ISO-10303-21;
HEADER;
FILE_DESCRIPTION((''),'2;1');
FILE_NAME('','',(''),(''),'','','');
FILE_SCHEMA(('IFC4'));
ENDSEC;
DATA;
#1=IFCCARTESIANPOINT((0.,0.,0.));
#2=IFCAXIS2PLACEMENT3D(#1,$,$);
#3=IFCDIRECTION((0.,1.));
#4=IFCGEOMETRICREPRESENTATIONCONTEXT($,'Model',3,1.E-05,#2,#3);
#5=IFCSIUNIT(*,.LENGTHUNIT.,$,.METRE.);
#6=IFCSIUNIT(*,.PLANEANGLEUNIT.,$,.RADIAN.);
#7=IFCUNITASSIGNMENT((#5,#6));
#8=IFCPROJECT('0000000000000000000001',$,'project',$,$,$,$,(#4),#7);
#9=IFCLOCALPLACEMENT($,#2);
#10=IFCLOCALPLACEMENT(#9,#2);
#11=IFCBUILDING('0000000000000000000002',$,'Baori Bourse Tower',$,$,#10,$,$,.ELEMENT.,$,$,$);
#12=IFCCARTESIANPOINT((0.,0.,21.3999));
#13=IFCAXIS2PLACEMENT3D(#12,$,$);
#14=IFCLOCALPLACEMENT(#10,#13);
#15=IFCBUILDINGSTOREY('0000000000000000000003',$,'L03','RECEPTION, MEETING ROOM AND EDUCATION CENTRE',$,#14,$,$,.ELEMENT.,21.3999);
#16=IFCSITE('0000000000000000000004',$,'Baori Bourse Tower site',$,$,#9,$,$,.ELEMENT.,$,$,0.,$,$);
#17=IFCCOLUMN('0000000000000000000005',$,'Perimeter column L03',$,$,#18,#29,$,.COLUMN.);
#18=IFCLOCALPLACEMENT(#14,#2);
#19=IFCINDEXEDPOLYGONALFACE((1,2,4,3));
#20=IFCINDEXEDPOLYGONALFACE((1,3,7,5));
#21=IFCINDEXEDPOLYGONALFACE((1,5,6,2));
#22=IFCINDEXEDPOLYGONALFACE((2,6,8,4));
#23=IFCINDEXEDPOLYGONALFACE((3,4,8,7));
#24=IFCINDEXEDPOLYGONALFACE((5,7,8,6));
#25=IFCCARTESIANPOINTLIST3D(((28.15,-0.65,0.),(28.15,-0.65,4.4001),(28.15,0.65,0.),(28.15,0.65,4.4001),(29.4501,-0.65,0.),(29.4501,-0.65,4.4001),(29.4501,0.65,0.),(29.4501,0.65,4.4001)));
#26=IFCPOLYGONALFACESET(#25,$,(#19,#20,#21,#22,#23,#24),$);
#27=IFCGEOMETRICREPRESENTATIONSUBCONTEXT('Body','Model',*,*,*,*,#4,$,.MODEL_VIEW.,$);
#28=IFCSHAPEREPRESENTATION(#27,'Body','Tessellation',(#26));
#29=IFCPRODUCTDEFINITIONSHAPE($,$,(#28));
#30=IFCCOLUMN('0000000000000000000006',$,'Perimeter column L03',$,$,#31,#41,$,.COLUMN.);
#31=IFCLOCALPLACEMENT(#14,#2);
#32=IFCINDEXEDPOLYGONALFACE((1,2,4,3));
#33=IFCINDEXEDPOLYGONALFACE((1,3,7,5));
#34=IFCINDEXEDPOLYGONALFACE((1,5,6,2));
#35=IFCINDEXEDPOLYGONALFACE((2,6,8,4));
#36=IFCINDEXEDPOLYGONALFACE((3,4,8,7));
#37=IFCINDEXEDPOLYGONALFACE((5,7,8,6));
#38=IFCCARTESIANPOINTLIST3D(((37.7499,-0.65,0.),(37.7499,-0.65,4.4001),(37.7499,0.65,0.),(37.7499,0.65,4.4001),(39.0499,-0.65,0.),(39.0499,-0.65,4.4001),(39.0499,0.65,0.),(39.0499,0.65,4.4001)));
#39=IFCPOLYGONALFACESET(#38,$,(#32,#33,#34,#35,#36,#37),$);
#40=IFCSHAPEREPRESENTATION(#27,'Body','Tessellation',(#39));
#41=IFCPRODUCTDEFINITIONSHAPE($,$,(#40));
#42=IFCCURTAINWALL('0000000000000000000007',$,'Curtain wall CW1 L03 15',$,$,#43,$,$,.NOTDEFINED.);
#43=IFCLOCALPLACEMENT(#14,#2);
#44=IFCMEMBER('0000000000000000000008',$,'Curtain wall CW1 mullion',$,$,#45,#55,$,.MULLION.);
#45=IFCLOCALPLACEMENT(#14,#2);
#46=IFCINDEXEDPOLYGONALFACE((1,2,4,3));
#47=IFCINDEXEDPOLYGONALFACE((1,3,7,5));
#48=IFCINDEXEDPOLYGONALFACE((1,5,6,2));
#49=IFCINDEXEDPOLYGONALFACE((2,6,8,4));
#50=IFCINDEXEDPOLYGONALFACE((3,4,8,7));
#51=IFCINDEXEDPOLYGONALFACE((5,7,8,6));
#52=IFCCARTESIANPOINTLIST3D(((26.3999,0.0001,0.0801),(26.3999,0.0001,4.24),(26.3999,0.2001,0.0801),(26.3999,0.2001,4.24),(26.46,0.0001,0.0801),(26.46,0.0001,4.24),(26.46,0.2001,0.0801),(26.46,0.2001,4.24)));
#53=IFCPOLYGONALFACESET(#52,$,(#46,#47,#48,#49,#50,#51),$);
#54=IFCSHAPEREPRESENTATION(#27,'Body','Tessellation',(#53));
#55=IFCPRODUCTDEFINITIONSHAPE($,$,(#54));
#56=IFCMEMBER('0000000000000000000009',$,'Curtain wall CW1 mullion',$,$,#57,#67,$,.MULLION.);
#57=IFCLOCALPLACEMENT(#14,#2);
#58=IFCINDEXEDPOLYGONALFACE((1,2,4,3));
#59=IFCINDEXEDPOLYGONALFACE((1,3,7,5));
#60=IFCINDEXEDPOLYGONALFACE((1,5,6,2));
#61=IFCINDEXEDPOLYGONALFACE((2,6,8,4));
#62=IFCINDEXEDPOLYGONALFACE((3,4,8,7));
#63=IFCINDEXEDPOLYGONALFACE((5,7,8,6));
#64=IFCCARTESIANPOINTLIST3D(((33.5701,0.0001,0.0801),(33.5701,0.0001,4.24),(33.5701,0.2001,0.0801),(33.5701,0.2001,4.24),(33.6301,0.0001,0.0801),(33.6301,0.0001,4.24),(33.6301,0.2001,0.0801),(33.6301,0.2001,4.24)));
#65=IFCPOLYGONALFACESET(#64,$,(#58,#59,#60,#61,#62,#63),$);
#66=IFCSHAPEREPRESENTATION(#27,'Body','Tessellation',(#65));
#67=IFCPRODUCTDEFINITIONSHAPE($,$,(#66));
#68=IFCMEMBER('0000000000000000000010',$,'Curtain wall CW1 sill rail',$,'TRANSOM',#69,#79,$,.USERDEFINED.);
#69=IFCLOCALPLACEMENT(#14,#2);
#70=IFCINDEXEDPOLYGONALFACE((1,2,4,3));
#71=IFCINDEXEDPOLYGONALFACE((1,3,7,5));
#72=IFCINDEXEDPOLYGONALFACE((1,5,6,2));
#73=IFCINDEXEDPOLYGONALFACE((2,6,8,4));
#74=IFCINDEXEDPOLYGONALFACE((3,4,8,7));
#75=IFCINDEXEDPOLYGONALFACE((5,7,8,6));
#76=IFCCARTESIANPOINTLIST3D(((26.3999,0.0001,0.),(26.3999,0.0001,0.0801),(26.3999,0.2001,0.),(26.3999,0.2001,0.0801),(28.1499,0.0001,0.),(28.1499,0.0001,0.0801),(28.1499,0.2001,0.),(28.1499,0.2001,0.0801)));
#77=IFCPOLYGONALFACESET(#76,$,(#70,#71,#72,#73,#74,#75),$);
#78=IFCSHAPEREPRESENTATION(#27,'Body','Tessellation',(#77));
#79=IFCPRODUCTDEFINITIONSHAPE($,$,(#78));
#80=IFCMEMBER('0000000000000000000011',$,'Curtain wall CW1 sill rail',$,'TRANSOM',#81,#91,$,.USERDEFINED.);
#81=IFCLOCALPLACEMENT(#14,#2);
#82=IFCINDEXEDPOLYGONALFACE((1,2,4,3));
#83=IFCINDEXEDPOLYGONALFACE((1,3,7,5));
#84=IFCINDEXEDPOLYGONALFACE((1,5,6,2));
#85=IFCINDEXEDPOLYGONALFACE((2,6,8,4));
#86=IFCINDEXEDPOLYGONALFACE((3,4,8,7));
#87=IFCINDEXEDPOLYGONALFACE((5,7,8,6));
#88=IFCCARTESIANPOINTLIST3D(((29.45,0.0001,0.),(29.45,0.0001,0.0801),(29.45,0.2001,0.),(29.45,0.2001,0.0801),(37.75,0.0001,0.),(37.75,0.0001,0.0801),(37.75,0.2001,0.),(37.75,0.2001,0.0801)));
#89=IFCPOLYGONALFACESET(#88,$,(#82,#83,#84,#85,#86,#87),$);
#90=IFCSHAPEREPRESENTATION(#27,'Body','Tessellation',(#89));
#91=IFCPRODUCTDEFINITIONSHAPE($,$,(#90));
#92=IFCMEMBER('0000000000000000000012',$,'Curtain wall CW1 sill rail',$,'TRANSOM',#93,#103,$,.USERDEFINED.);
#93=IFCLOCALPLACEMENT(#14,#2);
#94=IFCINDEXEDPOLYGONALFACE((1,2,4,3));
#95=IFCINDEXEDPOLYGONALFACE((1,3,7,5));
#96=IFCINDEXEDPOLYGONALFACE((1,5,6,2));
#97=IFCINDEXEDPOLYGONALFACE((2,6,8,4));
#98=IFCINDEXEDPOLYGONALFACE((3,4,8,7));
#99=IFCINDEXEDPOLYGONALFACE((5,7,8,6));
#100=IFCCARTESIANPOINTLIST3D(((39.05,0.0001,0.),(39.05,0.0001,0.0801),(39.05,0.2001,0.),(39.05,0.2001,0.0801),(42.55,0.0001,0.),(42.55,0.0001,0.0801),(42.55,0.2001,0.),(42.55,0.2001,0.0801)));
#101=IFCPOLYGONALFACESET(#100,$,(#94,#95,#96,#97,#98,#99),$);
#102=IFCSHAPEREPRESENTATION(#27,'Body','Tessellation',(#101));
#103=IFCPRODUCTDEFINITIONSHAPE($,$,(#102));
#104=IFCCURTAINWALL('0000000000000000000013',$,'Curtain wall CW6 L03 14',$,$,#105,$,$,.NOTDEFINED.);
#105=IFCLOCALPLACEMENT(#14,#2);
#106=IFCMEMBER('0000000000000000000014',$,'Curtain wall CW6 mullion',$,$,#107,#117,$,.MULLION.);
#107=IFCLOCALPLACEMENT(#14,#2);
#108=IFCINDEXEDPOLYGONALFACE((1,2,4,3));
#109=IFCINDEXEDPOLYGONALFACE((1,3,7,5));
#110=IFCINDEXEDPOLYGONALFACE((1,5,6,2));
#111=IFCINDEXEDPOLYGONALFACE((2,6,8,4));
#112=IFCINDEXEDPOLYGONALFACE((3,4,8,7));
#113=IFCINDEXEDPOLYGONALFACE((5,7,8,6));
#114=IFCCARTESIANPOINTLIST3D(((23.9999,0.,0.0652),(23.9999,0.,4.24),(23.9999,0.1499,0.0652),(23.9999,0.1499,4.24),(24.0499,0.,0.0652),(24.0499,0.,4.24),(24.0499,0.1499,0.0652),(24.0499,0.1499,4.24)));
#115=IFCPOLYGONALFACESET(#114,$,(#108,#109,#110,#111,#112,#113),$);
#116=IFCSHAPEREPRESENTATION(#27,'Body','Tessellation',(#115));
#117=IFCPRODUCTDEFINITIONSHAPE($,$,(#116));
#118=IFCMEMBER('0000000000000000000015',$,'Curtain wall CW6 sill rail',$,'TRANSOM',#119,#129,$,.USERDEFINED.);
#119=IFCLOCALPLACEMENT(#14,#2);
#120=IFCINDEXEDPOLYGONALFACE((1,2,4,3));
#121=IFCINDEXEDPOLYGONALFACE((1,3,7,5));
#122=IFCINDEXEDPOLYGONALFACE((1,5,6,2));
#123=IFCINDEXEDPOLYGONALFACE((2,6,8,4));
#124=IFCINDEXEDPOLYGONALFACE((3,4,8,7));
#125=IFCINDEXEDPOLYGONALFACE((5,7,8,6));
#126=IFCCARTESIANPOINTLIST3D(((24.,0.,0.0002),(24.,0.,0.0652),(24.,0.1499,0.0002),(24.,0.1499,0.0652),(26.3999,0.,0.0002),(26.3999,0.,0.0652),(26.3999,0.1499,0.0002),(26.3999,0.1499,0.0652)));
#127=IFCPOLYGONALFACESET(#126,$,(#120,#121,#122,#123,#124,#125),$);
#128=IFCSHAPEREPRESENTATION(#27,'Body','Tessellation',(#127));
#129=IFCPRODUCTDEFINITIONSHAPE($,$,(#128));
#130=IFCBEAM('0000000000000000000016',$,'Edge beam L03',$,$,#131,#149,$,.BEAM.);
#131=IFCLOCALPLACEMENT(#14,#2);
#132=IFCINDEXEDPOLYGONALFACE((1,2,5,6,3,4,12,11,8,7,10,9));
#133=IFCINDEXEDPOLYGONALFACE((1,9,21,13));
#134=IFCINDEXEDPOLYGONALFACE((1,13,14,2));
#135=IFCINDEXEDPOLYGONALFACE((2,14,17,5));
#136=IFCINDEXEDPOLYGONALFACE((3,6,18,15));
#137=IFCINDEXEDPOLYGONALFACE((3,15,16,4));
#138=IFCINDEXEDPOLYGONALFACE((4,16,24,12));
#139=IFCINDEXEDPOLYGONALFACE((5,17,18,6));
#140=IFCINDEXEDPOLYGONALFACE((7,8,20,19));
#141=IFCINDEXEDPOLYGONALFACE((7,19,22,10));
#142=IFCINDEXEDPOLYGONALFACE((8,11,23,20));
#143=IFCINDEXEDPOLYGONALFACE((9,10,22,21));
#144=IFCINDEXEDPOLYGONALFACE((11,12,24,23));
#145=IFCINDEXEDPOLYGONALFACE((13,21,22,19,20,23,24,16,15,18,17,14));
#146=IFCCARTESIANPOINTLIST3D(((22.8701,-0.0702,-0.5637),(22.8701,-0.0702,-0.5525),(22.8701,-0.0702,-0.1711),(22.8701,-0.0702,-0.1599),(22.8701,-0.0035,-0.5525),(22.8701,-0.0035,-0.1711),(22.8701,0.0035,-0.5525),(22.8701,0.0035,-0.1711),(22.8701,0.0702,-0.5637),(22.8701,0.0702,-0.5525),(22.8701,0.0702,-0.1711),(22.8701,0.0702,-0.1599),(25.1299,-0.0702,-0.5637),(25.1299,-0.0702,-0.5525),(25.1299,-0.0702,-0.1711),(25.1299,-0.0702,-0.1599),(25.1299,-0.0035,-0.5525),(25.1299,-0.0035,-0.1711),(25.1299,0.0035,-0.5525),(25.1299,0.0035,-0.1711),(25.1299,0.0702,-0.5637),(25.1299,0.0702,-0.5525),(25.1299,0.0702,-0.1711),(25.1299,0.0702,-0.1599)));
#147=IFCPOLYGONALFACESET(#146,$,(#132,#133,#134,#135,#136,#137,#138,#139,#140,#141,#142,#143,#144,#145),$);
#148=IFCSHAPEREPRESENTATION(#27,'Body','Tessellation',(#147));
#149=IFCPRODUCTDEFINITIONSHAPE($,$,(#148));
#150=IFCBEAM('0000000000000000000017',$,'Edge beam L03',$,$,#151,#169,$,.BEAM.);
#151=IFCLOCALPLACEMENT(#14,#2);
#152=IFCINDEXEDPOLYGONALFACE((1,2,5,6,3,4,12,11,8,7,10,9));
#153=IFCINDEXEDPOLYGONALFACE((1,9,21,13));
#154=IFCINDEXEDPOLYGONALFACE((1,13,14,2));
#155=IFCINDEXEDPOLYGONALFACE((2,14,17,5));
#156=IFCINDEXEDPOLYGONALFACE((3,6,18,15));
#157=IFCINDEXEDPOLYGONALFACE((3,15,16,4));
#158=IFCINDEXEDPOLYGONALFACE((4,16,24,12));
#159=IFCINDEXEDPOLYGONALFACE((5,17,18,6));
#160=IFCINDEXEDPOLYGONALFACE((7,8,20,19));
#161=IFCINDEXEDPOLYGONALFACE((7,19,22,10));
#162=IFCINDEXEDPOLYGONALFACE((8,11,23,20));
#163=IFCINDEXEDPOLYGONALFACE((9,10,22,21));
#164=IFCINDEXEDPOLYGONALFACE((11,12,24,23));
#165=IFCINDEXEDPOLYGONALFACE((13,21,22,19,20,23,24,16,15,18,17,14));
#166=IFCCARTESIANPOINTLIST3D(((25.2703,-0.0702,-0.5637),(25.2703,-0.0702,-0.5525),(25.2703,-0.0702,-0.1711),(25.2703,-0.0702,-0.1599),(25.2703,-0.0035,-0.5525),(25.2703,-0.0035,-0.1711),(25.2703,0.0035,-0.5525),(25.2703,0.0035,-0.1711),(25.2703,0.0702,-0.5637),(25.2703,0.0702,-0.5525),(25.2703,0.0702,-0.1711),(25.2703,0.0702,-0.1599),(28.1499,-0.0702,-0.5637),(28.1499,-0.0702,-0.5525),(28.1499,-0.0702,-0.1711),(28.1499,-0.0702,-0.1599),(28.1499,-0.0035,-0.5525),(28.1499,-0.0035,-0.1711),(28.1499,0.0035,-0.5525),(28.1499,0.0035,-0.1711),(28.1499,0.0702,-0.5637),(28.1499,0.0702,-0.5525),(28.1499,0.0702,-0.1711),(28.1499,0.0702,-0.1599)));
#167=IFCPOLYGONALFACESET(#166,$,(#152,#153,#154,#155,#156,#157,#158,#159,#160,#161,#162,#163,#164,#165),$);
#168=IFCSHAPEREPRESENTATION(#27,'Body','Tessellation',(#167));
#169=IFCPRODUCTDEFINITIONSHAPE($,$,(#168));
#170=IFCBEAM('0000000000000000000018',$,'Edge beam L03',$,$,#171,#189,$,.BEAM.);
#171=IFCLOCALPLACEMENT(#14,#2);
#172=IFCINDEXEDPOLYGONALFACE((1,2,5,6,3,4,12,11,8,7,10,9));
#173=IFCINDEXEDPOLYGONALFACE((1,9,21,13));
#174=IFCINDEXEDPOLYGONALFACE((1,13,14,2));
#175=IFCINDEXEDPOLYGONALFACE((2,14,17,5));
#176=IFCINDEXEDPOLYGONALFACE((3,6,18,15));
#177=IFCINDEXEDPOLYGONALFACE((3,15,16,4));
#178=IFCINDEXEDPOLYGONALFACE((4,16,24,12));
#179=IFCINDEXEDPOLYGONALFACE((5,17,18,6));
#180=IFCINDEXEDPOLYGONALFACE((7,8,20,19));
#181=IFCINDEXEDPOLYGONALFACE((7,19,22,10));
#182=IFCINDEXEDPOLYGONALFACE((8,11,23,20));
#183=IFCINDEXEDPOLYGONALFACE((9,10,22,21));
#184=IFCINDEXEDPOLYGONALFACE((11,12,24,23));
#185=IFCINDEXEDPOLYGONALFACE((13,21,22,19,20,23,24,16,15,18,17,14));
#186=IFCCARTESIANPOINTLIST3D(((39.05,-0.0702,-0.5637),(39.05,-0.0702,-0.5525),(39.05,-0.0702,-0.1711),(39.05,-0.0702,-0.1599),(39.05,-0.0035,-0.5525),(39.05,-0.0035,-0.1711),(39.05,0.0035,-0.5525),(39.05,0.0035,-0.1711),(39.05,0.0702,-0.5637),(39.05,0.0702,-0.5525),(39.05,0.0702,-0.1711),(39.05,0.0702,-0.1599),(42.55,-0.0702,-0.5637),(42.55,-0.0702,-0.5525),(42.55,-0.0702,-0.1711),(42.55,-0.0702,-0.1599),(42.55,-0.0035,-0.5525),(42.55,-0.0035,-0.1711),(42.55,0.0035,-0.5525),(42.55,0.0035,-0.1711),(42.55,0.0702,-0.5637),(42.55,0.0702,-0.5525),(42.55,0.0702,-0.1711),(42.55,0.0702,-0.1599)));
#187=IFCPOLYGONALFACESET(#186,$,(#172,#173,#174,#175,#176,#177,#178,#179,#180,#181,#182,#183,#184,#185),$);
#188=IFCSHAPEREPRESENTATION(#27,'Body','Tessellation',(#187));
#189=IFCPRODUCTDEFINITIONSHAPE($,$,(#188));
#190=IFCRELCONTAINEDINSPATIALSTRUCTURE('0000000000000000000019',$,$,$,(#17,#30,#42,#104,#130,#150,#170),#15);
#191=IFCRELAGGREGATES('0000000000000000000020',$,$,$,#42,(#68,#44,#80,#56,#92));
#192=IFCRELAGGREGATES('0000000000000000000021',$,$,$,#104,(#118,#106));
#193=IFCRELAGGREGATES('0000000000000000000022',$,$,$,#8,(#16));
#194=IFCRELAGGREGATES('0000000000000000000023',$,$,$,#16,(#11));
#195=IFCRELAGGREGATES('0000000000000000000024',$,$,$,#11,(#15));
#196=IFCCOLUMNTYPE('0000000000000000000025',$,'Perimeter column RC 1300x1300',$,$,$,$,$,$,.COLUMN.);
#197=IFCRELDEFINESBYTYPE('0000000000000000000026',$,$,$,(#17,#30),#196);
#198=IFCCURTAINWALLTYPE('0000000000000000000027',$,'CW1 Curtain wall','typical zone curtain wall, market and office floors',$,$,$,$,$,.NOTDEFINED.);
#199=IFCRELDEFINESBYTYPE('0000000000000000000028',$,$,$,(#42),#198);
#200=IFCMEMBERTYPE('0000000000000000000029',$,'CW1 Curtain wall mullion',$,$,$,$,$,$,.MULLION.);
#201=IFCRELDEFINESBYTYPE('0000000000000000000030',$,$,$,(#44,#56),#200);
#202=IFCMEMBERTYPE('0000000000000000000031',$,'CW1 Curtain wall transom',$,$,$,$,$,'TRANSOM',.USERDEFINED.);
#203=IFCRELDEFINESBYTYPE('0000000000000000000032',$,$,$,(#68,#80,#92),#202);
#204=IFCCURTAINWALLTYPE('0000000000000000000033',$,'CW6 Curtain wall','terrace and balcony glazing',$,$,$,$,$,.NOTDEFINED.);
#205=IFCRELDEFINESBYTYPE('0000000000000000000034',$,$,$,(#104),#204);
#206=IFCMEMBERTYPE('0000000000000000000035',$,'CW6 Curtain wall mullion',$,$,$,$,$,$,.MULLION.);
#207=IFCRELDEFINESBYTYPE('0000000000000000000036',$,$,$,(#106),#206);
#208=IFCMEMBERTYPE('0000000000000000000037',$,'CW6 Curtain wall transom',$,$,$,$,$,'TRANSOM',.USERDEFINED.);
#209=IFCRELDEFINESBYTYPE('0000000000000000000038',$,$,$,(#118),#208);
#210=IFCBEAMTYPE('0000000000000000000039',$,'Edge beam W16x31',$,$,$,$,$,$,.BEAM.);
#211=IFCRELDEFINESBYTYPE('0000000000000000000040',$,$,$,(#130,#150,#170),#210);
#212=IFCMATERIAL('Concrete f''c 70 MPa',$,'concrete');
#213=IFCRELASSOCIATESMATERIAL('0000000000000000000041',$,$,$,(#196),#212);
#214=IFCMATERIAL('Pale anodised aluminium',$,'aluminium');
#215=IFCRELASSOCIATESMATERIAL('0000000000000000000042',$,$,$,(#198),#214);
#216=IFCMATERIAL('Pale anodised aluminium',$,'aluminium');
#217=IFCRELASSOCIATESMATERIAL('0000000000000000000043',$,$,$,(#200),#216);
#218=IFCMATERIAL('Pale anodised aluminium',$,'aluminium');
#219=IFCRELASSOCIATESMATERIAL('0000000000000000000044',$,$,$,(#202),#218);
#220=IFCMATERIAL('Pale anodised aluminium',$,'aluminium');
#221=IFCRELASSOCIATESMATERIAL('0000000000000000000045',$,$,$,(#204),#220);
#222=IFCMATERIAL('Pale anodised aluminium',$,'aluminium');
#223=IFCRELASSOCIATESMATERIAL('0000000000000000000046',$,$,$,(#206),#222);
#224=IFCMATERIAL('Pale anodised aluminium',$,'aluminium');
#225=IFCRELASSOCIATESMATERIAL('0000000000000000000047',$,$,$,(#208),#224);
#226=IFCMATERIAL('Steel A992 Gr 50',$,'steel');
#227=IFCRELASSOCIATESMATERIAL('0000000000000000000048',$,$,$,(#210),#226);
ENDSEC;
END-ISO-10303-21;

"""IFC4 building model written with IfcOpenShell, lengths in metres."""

from ifc_helpers import new_model, si_unit, direction, frame, origin, origin_2d, place, context, subcontext, project, spatial, rectangle, i_section, extrude, material, material_profile, profile_set, type_object, element, aggregate, save


model = new_model("IFC4")

# Units and contexts
model_context = context("Model", 3, precision=1e-05, world=origin(), true_north=direction((0.0, 1.0)))
body_context = subcontext(model_context, "Body", "Model", "MODEL_VIEW")
ifc_project = project(units=[si_unit("LENGTHUNIT", "METRE"), si_unit("PLANEANGLEUNIT", "RADIAN")], contexts=[model_context])

# Site, building, storey
site_placement = place(None, origin())
site = spatial("IfcSite", under=ifc_project, at=site_placement, Name="Baori Bourse Tower site", CompositionType="ELEMENT", RefElevation=0.0)
building_placement = place(site_placement, origin())
building = spatial("IfcBuilding", under=site, at=building_placement, Name="Baori Bourse Tower", CompositionType="ELEMENT")
storey_placement = place(building_placement, frame((0.0, 0.0, 21.3999)))
storey = spatial("IfcBuildingStorey", under=building, at=storey_placement, Name="L03", Description="RECEPTION, MEETING ROOM AND EDUCATION CENTRE", CompositionType="ELEMENT", Elevation=21.3999)

# Columns
ifc_material_1 = material(Name="Concrete f'c 70 MPa", Category="concrete")
ifc_material_profile_1 = material_profile(ifc_material_1, rectangle(XDim=1.3, YDim=1.3, at=origin_2d()), Name="RC 1300x1300")
ifc_profile_set_1 = profile_set([ifc_material_profile_1], Name="Concrete f'c 70 MPa")
column_type = type_object("IfcColumnType", Name="Perimeter column RC 1300x1300", PredefinedType="COLUMN", material=ifc_profile_set_1)
for number, where, z_axis, x_axis, name in (
    (1, (28.8, 0.0, 0.0), (0.0, 0.0, 1.0), (1.0, 0.0, 0.0), "Perimeter column L03"),
    (2, (38.3999, 0.0, 0.0), (0.0, 0.0, 1.0), (1.0, 0.0, 0.0), "Perimeter column L03"),
):
    element("IfcColumn", number, at=place(storey_placement, frame(where, z_axis=z_axis, x_axis=x_axis)), inside=storey, type_object=column_type, Name=name, PredefinedType="COLUMN", context=body_context, shape_type="SweptSolid", body=[
        extrude(rectangle(XDim=1.3, YDim=1.3, at=origin_2d()), origin(), (0.0, 0.0, 1.0), 4.4001),
    ])

# Curtain walls, members
ifc_material_2 = material(Name="Pale anodised aluminium", Category="aluminium")
curtain_wall_type_1 = type_object("IfcCurtainWallType", Name="CW1 Curtain wall", Description="typical zone curtain wall, market and office floors", PredefinedType="NOTDEFINED", material=ifc_material_2)
curtain_wall_1_placement = place(storey_placement, origin())
curtain_wall_1 = element("IfcCurtainWall", 3, at=curtain_wall_1_placement, inside=storey, type_object=curtain_wall_type_1, Name="Curtain wall CW1 L03 15", PredefinedType="NOTDEFINED")
ifc_material_3 = material(Name="Pale anodised aluminium", Category="aluminium")
ifc_material_profile_2 = material_profile(ifc_material_3, rectangle(XDim=0.2, YDim=0.0601, at=origin_2d()), Name="Mullion 60x200")
ifc_profile_set_2 = profile_set([ifc_material_profile_2], Name="Pale anodised aluminium")
member_type_1 = type_object("IfcMemberType", Name="CW1 Curtain wall mullion", PredefinedType="MULLION", material=ifc_profile_set_2)
member_1_placement = place(storey_placement, frame((26.4299, 0.1001, 0.0801), z_axis=(0.0, 0.0, 1.0), x_axis=(0.0, 1.0, 0.0)))
member_1 = element("IfcMember", 4, at=member_1_placement, type_object=member_type_1, Name="Curtain wall CW1 mullion", PredefinedType="MULLION", context=body_context, shape_type="SweptSolid", body=[
    extrude(rectangle(XDim=0.2, YDim=0.0601, at=origin_2d()), origin(), (0.0, 0.0, 1.0), 4.1599),
])
member_2_placement = place(storey_placement, frame((33.6001, 0.1001, 0.0801), z_axis=(0.0, 0.0, 1.0), x_axis=(0.0, 1.0, 0.0)))
member_2 = element("IfcMember", 5, at=member_2_placement, type_object=member_type_1, Name="Curtain wall CW1 mullion", PredefinedType="MULLION", context=body_context, shape_type="SweptSolid", body=[
    extrude(rectangle(XDim=0.2, YDim=0.0601, at=origin_2d()), origin(), (0.0, 0.0, 1.0), 4.1599),
])
ifc_material_4 = material(Name="Pale anodised aluminium", Category="aluminium")
ifc_material_profile_3 = material_profile(ifc_material_4, rectangle(XDim=0.2, YDim=0.0801, at=origin_2d()), Name="Transom 80x200")
ifc_profile_set_3 = profile_set([ifc_material_profile_3], Name="Pale anodised aluminium")
member_type_2 = type_object("IfcMemberType", Name="CW1 Curtain wall transom", ElementType="TRANSOM", PredefinedType="USERDEFINED", material=ifc_profile_set_3)
member_3_placement = place(storey_placement, frame((26.3999, 0.1001, 0.04), z_axis=(1.0, 0.0, 0.0), x_axis=(0.0, 1.0, 0.0)))
member_3 = element("IfcMember", 6, at=member_3_placement, type_object=member_type_2, Name="Curtain wall CW1 sill rail", ObjectType="TRANSOM", PredefinedType="USERDEFINED", context=body_context, shape_type="SweptSolid", body=[
    extrude(rectangle(XDim=0.2, YDim=0.0801, at=origin_2d()), origin(), (0.0, 0.0, 1.0), 1.75),
])
member_4_placement = place(storey_placement, frame((29.45, 0.1001, 0.04), z_axis=(1.0, 0.0, 0.0), x_axis=(0.0, 1.0, 0.0)))
member_4 = element("IfcMember", 7, at=member_4_placement, type_object=member_type_2, Name="Curtain wall CW1 sill rail", ObjectType="TRANSOM", PredefinedType="USERDEFINED", context=body_context, shape_type="SweptSolid", body=[
    extrude(rectangle(XDim=0.2, YDim=0.0801, at=origin_2d()), origin(), (0.0, 0.0, 1.0), 8.3),
])
member_5_placement = place(storey_placement, frame((39.05, 0.1001, 0.04), z_axis=(1.0, 0.0, 0.0), x_axis=(0.0, 1.0, 0.0)))
member_5 = element("IfcMember", 8, at=member_5_placement, type_object=member_type_2, Name="Curtain wall CW1 sill rail", ObjectType="TRANSOM", PredefinedType="USERDEFINED", context=body_context, shape_type="SweptSolid", body=[
    extrude(rectangle(XDim=0.2, YDim=0.0801, at=origin_2d()), origin(), (0.0, 0.0, 1.0), 3.5),
])
ifc_material_5 = material(Name="Pale anodised aluminium", Category="aluminium")
curtain_wall_type_2 = type_object("IfcCurtainWallType", Name="CW6 Curtain wall", Description="terrace and balcony glazing", PredefinedType="NOTDEFINED", material=ifc_material_5)
curtain_wall_2_placement = place(storey_placement, origin())
curtain_wall_2 = element("IfcCurtainWall", 9, at=curtain_wall_2_placement, inside=storey, type_object=curtain_wall_type_2, Name="Curtain wall CW6 L03 14", PredefinedType="NOTDEFINED")
ifc_material_6 = material(Name="Pale anodised aluminium", Category="aluminium")
ifc_material_profile_4 = material_profile(ifc_material_6, rectangle(XDim=0.1499, YDim=0.05, at=origin_2d()), Name="Mullion 50x150")
ifc_profile_set_4 = profile_set([ifc_material_profile_4], Name="Pale anodised aluminium")
member_type_3 = type_object("IfcMemberType", Name="CW6 Curtain wall mullion", PredefinedType="MULLION", material=ifc_profile_set_4)
member_6_placement = place(storey_placement, frame((24.0249, 0.075, 0.0652), z_axis=(0.0, 0.0, 1.0), x_axis=(0.0, 1.0, 0.0)))
member_6 = element("IfcMember", 10, at=member_6_placement, type_object=member_type_3, Name="Curtain wall CW6 mullion", PredefinedType="MULLION", context=body_context, shape_type="SweptSolid", body=[
    extrude(rectangle(XDim=0.1499, YDim=0.05, at=origin_2d()), origin(), (0.0, 0.0, 1.0), 4.1748),
])
ifc_material_7 = material(Name="Pale anodised aluminium", Category="aluminium")
ifc_material_profile_5 = material_profile(ifc_material_7, rectangle(XDim=0.1499, YDim=0.0649, at=origin_2d()), Name="Transom 65x150")
ifc_profile_set_5 = profile_set([ifc_material_profile_5], Name="Pale anodised aluminium")
member_type_4 = type_object("IfcMemberType", Name="CW6 Curtain wall transom", ElementType="TRANSOM", PredefinedType="USERDEFINED", material=ifc_profile_set_5)
member_7_placement = place(storey_placement, frame((24.0, 0.075, 0.0327), z_axis=(1.0, 0.0, 0.0), x_axis=(0.0, 1.0, 0.0)))
member_7 = element("IfcMember", 11, at=member_7_placement, type_object=member_type_4, Name="Curtain wall CW6 sill rail", ObjectType="TRANSOM", PredefinedType="USERDEFINED", context=body_context, shape_type="SweptSolid", body=[
    extrude(rectangle(XDim=0.1499, YDim=0.0649, at=origin_2d()), origin(), (0.0, 0.0, 1.0), 2.3999),
])

# Beams
ifc_material_8 = material(Name="Steel A992 Gr 50", Category="steel")
ifc_material_profile_6 = material_profile(ifc_material_8, i_section(OverallWidth=0.1404, OverallDepth=0.4038, WebThickness=0.0071, FlangeThickness=0.0112, at=origin_2d()), Name="W16x31")
ifc_profile_set_6 = profile_set([ifc_material_profile_6], Name="Steel A992 Gr 50")
beam_type_1 = type_object("IfcBeamType", Name="Edge beam W16x31", PredefinedType="BEAM", material=ifc_profile_set_6)
beam_1_placement = place(storey_placement, frame((22.8701, 0.0, -0.3618), z_axis=(1.0, 0.0, 0.0), x_axis=(0.0, 1.0, 0.0)))
element("IfcBeam", 12, at=beam_1_placement, inside=storey, type_object=beam_type_1, Name="Edge beam L03", PredefinedType="BEAM", context=body_context, shape_type="SweptSolid", body=[
    extrude(i_section(OverallWidth=0.1404, OverallDepth=0.4038, WebThickness=0.0071, FlangeThickness=0.0112, at=origin_2d()), origin(), (0.0, 0.0, 1.0), 2.2598),
])
beam_2_placement = place(storey_placement, frame((25.2703, 0.0, -0.3618), z_axis=(1.0, 0.0, 0.0), x_axis=(0.0, 1.0, 0.0)))
element("IfcBeam", 13, at=beam_2_placement, inside=storey, type_object=beam_type_1, Name="Edge beam L03", PredefinedType="BEAM", context=body_context, shape_type="SweptSolid", body=[
    extrude(i_section(OverallWidth=0.1404, OverallDepth=0.4038, WebThickness=0.0071, FlangeThickness=0.0112, at=origin_2d()), origin(), (0.0, 0.0, 1.0), 2.8796),
])
beam_3_placement = place(storey_placement, frame((39.05, 0.0, -0.3618), z_axis=(1.0, 0.0, 0.0), x_axis=(0.0, 1.0, 0.0)))
element("IfcBeam", 14, at=beam_3_placement, inside=storey, type_object=beam_type_1, Name="Edge beam L03", PredefinedType="BEAM", context=body_context, shape_type="SweptSolid", body=[
    extrude(i_section(OverallWidth=0.1404, OverallDepth=0.4038, WebThickness=0.0071, FlangeThickness=0.0112, at=origin_2d()), origin(), (0.0, 0.0, 1.0), 3.5),
])

aggregate(curtain_wall_1, [member_3, member_1, member_4, member_2, member_5])
aggregate(curtain_wall_2, [member_7, member_6])

save(model, "model.ifc")
